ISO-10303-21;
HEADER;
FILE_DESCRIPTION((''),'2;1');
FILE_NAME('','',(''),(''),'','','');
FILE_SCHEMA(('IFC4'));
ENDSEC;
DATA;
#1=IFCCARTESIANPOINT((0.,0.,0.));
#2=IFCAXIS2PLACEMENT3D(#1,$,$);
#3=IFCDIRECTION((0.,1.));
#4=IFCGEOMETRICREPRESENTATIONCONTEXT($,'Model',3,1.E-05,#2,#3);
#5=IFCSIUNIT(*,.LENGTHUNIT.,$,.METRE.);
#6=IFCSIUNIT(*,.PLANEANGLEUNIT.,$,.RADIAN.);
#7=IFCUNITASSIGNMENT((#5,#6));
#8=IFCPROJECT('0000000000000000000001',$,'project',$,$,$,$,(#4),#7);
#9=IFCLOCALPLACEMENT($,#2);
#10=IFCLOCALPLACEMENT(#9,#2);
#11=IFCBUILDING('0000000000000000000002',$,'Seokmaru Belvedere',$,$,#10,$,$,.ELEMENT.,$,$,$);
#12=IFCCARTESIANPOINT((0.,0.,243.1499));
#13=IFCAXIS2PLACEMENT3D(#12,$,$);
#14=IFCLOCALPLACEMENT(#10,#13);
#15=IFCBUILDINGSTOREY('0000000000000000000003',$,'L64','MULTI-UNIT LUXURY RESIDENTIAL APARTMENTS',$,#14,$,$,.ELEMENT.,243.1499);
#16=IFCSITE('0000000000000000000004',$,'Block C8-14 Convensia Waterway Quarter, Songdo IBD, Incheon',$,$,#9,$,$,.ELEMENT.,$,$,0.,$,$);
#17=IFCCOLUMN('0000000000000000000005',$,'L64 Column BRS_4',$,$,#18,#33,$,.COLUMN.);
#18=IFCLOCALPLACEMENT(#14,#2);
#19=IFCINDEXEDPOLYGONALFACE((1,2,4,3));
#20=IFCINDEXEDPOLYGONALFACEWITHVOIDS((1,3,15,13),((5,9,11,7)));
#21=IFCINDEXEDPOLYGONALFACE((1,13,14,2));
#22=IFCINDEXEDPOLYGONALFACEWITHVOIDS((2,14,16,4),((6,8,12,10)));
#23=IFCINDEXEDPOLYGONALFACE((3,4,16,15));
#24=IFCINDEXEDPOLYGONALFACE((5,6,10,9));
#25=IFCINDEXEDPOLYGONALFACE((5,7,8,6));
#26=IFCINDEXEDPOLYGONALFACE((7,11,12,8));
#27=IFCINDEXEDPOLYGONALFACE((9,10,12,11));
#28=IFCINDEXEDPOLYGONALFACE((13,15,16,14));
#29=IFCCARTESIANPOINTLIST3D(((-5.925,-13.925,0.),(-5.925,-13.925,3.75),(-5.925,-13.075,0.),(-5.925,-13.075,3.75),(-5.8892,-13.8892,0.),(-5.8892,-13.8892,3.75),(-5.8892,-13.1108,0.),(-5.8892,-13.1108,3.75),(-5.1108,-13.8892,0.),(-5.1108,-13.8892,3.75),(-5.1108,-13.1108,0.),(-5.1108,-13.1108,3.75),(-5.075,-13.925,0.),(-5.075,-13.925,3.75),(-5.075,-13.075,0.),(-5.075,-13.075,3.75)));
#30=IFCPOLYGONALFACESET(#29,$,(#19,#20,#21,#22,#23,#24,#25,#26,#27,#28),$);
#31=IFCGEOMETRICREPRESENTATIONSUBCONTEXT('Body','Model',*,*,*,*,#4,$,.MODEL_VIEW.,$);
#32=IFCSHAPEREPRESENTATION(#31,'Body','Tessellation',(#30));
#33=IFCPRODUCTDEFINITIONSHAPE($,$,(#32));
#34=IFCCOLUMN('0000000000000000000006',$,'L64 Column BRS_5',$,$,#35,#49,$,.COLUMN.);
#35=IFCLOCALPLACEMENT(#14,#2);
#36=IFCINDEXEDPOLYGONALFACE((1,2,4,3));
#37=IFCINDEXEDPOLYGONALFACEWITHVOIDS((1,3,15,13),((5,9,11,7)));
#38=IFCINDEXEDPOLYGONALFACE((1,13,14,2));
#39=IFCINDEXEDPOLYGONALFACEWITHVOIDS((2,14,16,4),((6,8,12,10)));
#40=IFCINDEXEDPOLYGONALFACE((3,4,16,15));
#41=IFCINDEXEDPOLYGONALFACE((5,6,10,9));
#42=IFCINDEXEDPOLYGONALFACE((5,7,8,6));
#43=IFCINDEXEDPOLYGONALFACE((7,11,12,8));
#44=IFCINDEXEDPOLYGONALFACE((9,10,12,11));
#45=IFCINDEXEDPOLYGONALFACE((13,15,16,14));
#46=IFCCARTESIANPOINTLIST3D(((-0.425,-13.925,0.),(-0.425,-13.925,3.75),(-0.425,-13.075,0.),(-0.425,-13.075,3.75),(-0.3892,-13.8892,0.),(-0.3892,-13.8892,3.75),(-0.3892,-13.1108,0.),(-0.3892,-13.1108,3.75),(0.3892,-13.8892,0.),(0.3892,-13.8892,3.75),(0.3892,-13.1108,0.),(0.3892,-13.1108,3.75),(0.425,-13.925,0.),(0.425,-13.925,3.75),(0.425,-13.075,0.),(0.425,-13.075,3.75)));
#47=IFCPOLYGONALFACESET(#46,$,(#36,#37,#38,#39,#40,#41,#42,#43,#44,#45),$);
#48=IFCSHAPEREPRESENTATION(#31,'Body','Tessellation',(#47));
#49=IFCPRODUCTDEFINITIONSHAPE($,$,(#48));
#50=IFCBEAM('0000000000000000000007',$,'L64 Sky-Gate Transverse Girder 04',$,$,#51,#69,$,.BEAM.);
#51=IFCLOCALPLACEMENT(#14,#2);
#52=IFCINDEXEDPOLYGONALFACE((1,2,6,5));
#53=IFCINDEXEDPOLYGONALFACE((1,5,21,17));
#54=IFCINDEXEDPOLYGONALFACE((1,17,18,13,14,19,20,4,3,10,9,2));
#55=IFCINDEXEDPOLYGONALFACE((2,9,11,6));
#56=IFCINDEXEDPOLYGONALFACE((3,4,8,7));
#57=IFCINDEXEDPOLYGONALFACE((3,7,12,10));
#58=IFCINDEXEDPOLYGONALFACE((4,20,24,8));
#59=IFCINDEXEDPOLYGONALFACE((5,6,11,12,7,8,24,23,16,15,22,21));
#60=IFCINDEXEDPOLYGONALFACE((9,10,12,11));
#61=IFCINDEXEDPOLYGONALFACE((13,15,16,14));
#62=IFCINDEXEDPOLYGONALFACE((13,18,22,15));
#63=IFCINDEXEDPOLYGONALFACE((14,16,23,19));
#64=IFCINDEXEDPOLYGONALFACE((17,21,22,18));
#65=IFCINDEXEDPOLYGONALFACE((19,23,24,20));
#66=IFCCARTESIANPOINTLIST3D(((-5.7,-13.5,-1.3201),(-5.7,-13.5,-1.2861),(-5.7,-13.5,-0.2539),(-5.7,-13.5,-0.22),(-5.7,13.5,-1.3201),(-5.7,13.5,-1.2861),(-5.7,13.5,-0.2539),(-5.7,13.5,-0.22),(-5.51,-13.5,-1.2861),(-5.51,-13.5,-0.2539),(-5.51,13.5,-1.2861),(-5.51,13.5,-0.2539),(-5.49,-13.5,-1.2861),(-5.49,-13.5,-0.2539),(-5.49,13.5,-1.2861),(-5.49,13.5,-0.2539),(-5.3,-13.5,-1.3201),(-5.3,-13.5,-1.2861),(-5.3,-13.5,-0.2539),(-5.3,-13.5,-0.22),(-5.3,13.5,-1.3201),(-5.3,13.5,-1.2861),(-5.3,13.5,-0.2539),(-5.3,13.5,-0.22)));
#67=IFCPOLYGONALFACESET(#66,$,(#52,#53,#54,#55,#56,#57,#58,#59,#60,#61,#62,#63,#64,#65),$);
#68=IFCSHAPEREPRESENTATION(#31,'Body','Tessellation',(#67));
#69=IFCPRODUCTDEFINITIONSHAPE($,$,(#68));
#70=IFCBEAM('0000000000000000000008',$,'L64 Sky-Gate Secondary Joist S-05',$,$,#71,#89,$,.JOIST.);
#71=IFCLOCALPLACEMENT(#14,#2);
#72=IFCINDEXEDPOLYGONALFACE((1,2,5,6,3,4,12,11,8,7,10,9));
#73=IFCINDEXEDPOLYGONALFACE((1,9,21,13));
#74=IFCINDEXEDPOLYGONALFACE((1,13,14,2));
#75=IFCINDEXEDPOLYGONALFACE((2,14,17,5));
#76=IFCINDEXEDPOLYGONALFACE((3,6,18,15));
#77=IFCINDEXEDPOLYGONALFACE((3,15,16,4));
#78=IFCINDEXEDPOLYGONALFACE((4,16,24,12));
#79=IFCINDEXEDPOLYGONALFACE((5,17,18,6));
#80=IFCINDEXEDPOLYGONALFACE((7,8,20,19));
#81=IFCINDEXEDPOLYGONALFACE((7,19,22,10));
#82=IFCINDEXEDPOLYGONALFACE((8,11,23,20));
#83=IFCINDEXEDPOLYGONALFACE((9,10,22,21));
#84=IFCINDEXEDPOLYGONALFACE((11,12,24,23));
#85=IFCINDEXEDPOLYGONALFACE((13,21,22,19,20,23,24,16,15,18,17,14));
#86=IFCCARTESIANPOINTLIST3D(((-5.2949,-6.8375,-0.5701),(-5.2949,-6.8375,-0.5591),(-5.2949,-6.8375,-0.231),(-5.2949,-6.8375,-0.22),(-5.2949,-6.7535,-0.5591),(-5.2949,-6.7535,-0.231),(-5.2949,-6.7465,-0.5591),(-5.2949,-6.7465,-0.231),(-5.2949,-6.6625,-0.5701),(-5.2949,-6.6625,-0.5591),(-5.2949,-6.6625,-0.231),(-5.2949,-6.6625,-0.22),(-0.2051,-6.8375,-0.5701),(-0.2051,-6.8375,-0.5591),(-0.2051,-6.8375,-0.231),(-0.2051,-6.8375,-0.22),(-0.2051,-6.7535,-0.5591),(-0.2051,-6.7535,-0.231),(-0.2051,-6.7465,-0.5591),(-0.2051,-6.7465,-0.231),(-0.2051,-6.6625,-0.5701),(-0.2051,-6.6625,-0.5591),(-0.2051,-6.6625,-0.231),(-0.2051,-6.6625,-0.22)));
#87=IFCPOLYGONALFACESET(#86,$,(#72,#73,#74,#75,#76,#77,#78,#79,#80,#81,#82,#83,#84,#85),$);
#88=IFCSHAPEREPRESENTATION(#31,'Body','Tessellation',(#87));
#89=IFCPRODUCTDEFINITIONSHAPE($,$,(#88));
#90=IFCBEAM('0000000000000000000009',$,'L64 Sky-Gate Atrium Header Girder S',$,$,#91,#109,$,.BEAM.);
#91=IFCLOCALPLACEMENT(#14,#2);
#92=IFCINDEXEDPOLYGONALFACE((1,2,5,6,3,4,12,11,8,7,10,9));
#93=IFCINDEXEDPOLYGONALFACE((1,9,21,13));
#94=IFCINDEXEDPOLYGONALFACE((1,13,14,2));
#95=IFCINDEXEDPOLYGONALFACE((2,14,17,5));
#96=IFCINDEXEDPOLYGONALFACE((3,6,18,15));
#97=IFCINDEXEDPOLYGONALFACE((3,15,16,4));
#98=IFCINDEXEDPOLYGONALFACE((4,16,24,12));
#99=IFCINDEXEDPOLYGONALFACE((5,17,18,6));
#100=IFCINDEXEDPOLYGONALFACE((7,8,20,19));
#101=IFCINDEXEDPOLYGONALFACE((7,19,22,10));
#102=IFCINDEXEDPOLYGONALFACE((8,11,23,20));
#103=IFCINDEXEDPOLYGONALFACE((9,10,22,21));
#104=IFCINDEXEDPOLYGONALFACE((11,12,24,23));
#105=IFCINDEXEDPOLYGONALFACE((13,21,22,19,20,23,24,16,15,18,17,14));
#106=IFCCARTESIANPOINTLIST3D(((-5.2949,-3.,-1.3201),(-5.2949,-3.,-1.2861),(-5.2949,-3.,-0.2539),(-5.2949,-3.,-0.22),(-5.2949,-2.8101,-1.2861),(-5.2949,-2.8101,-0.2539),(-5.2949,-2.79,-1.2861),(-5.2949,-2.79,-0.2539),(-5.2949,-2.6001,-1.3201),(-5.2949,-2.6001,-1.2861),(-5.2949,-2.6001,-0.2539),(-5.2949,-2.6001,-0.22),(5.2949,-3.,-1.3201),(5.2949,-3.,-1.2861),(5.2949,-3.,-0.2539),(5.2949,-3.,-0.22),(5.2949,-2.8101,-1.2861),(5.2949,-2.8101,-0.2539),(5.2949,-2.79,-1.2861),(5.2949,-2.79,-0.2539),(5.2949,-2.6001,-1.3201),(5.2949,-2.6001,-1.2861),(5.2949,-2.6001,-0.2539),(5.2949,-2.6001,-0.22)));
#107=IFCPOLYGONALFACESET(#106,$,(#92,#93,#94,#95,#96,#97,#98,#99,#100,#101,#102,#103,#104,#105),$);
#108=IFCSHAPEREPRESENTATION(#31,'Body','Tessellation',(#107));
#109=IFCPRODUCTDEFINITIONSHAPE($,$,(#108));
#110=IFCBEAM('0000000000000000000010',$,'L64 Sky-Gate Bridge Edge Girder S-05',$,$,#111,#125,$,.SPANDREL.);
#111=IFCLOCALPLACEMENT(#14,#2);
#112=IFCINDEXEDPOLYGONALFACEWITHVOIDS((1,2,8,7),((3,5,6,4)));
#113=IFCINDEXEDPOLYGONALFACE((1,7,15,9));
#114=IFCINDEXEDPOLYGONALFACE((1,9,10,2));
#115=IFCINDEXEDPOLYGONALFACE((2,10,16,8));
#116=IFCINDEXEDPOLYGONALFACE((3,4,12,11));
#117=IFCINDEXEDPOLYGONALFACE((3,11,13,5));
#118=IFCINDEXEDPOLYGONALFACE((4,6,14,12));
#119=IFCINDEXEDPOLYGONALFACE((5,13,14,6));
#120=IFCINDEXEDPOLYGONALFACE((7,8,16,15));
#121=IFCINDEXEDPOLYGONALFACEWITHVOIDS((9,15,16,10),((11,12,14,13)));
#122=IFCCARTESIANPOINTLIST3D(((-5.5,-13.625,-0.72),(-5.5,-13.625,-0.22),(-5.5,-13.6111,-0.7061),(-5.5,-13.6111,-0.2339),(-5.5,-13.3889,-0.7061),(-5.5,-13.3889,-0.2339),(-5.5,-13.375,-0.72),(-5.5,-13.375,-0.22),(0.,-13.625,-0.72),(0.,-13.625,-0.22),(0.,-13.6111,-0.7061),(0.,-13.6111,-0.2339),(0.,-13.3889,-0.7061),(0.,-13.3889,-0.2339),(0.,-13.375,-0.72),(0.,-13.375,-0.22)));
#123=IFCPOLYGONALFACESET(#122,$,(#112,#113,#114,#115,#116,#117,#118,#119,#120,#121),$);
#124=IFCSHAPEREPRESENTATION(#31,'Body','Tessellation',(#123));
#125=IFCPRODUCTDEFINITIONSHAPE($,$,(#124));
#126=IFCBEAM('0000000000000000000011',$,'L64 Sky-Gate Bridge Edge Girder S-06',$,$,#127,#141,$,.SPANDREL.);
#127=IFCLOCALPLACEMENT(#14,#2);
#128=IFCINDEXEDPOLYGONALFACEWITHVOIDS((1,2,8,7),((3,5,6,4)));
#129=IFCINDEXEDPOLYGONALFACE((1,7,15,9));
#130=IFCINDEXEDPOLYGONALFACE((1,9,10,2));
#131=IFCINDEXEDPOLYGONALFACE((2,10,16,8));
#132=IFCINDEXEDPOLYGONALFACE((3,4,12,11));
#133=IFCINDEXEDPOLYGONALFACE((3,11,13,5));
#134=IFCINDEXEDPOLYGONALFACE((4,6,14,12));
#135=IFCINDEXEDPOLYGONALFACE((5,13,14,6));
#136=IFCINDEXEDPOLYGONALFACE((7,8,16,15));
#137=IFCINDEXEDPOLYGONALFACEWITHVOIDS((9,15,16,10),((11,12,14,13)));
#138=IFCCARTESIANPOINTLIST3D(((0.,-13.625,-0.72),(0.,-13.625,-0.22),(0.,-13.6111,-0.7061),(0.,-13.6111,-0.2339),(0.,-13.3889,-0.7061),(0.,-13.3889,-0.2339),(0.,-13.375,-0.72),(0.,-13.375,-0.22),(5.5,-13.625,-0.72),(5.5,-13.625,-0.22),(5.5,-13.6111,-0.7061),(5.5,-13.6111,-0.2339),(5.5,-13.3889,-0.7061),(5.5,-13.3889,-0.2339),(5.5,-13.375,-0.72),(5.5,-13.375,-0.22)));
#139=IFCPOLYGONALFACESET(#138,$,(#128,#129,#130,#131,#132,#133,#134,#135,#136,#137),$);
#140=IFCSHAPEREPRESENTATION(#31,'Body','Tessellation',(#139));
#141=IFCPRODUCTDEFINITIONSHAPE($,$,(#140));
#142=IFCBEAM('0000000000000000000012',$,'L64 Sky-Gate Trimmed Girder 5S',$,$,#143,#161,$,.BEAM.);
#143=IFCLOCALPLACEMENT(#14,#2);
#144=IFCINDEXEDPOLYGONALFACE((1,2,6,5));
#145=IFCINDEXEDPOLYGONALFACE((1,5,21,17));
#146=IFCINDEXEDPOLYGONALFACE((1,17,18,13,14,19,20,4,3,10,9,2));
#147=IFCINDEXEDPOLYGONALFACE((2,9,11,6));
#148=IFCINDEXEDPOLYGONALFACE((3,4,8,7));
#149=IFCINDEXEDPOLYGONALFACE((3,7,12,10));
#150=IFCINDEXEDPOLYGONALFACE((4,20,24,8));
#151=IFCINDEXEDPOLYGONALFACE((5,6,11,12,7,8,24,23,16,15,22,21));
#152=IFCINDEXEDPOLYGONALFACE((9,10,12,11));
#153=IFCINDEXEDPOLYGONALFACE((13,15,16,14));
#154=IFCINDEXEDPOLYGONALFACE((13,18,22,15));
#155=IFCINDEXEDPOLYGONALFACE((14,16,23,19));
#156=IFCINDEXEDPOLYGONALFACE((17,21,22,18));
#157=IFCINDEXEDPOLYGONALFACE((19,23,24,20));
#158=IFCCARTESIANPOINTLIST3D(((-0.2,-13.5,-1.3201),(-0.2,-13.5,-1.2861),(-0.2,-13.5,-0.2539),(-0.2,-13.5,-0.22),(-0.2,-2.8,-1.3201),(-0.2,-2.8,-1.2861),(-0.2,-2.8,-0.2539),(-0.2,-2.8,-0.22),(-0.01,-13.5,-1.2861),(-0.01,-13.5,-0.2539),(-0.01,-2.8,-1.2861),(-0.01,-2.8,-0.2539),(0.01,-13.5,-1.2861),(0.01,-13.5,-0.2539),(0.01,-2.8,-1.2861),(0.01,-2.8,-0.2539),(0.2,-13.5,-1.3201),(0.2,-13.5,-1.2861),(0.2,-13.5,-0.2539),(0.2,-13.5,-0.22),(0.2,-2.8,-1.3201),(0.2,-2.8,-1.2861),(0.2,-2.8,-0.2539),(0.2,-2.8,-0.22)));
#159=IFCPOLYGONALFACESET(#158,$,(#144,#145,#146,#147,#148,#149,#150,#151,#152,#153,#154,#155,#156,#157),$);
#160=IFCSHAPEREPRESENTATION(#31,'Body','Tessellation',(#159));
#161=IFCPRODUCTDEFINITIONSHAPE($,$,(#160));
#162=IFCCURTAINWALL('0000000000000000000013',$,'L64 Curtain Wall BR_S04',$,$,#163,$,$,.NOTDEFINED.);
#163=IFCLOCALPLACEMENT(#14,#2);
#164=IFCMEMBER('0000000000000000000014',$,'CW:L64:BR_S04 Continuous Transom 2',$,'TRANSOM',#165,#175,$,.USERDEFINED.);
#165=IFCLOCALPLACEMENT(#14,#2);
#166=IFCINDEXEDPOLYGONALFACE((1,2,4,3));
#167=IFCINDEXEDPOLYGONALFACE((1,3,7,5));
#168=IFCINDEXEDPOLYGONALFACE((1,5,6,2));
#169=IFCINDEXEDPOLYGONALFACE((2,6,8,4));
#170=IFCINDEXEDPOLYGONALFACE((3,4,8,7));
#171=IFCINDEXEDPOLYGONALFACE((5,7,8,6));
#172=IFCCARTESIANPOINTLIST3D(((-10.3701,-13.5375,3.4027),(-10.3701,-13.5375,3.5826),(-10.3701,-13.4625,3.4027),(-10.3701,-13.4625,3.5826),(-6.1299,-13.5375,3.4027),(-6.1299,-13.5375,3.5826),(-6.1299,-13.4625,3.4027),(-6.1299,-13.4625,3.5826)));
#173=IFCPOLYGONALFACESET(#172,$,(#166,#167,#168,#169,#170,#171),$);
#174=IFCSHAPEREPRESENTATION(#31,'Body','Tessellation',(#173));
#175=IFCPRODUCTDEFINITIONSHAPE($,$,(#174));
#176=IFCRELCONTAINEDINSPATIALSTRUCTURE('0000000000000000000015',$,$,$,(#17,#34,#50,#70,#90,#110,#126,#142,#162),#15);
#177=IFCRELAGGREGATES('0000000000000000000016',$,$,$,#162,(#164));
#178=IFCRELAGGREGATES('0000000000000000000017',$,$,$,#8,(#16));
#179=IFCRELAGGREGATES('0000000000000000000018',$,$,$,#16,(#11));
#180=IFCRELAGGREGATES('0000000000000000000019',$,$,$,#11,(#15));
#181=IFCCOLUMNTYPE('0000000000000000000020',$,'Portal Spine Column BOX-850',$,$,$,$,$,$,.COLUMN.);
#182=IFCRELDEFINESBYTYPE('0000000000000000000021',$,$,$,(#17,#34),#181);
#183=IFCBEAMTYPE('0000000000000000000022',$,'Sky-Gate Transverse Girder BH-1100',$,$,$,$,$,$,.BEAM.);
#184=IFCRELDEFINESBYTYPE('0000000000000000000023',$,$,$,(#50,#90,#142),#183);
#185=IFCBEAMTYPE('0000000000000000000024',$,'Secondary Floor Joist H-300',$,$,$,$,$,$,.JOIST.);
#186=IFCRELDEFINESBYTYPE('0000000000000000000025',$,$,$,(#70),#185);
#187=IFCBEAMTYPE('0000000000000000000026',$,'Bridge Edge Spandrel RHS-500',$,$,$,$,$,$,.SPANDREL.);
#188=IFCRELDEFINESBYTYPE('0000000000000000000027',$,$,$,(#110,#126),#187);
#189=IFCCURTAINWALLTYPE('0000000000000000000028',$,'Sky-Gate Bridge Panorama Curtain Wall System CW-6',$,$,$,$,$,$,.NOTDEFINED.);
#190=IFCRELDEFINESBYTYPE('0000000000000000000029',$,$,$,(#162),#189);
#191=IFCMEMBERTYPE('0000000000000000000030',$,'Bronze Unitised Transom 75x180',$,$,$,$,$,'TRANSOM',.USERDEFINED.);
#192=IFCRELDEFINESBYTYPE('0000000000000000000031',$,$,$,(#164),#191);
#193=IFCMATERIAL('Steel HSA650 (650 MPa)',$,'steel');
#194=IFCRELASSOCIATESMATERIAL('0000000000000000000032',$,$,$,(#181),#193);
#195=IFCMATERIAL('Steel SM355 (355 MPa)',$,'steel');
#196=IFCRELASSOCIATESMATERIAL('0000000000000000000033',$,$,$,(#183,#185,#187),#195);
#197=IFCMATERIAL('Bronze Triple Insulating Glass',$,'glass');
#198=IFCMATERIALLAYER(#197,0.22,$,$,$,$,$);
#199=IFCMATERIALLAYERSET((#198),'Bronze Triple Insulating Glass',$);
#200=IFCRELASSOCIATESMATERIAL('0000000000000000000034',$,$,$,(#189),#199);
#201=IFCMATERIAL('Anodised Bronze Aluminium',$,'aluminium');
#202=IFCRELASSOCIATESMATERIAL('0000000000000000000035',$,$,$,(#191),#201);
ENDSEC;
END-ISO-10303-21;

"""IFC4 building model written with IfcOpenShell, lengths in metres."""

from ifc_helpers import new_model, si_unit, direction, frame, origin, origin_2d, place, context, subcontext, project, spatial, rectangle, hollow_rectangle, i_section, extrude, source, transform, mapped, material, layer, layer_set, material_profile, profile_set, type_object, type_shapes, element, aggregate, save


model = new_model("IFC4")

# Units and contexts
model_context = context("Model", 3, precision=1e-05, world=origin(), true_north=direction((0.0, 1.0)))
body_context = subcontext(model_context, "Body", "Model", "MODEL_VIEW")
ifc_project = project(units=[si_unit("LENGTHUNIT", "METRE"), si_unit("PLANEANGLEUNIT", "RADIAN")], contexts=[model_context])

# Site, building, storey
site_placement = place(None, origin())
site = spatial("IfcSite", under=ifc_project, at=site_placement, Name="Block C8-14 Convensia Waterway Quarter, Songdo IBD, Incheon", CompositionType="ELEMENT", RefElevation=0.0)
building_placement = place(site_placement, origin())
building = spatial("IfcBuilding", under=site, at=building_placement, Name="Seokmaru Belvedere", CompositionType="ELEMENT")
storey_placement = place(building_placement, frame((0.0, 0.0, 243.1499)))
storey = spatial("IfcBuildingStorey", under=building, at=storey_placement, Name="L64", Description="MULTI-UNIT LUXURY RESIDENTIAL APARTMENTS", CompositionType="ELEMENT", Elevation=243.1499)

# Columns
ifc_material_1 = material(Name="Steel HSA650 (650 MPa)", Category="steel")
ifc_material_profile_1 = material_profile(ifc_material_1, hollow_rectangle(XDim=0.8501, YDim=0.8501, WallThickness=0.0359, at=origin_2d()), Name="BOX-850x850x36")
ifc_profile_set_1 = profile_set([ifc_material_profile_1], Name="Steel HSA650 (650 MPa)")
column_type = type_object("IfcColumnType", Name="Portal Spine Column BOX-850", PredefinedType="COLUMN", material=ifc_profile_set_1)
shared_shape_1 = source(origin(), body_context, "Body", "SweptSolid", [
    extrude(hollow_rectangle(XDim=0.8501, YDim=0.8501, WallThickness=0.0359, at=origin_2d()), origin(), (0.0, 0.0, 1.0), 3.75),
])
type_shapes(column_type, [shared_shape_1])
for number, where, z_axis, x_axis, name in (
    (1, (-5.5, -13.5, 0.0), (0.0, 0.0, 1.0), (1.0, 0.0, 0.0), "L64 Column BRS_4"),
    (2, (0.0, -13.5, 0.0), (0.0, 0.0, 1.0), (1.0, 0.0, 0.0), "L64 Column BRS_5"),
):
    element("IfcColumn", number, at=place(storey_placement, frame(where, z_axis=z_axis, x_axis=x_axis)), inside=storey, type_object=column_type, Name=name, PredefinedType="COLUMN", context=body_context, shape_type="MappedRepresentation", body=[
        mapped(shared_shape_1, transform((0.0, 0.0, 0.0), scale=1.0)),
    ])

# Beams
ifc_material_2 = material(Name="Steel SM355 (355 MPa)", Category="steel")
ifc_material_profile_2 = material_profile(ifc_material_2, i_section(OverallWidth=0.3999, OverallDepth=1.1001, WebThickness=0.02, FlangeThickness=0.0339, at=origin_2d()), Name="BH-1100x400x20x34")
ifc_profile_set_2 = profile_set([ifc_material_profile_2], Name="Steel SM355 (355 MPa)")
beam_type_1 = type_object("IfcBeamType", Name="Sky-Gate Transverse Girder BH-1100", PredefinedType="BEAM", material=ifc_profile_set_2)
shared_shape_2 = source(origin(), body_context, "Body", "SweptSolid", [
    extrude(i_section(OverallWidth=0.3999, OverallDepth=1.1001, WebThickness=0.02, FlangeThickness=0.0339, at=origin_2d()), origin(), (0.0, 0.0, 1.0), 27.0),
])
beam_1_placement = place(storey_placement, frame((-5.5, -13.5, -0.77), z_axis=(0.0, 1.0, 0.0), x_axis=(-1.0, 0.0, 0.0)))
element("IfcBeam", 3, at=beam_1_placement, inside=storey, type_object=beam_type_1, Name="L64 Sky-Gate Transverse Girder 04", PredefinedType="BEAM", context=body_context, shape_type="MappedRepresentation", body=[
    mapped(shared_shape_2, transform((0.0, 0.0, 0.0), scale=1.0)),
])
ifc_material_profile_3 = material_profile(ifc_material_2, i_section(OverallWidth=0.175, OverallDepth=0.3501, WebThickness=0.0071, FlangeThickness=0.011, at=origin_2d()), Name="H-350x175x7x11")
ifc_profile_set_3 = profile_set([ifc_material_profile_3], Name="Steel SM355 (355 MPa)")
beam_type_2 = type_object("IfcBeamType", Name="Secondary Floor Joist H-300", PredefinedType="JOIST", material=ifc_profile_set_3)
shared_shape_3 = source(origin(), body_context, "Body", "SweptSolid", [
    extrude(i_section(OverallWidth=0.175, OverallDepth=0.3501, WebThickness=0.0071, FlangeThickness=0.011, at=origin_2d()), origin(), (0.0, 0.0, 1.0), 5.0898),
])
type_shapes(beam_type_2, [shared_shape_3])
beam_2_placement = place(storey_placement, frame((-5.2949, -6.75, -0.395), z_axis=(1.0, 0.0, 0.0), x_axis=(0.0, 1.0, 0.0)))
element("IfcBeam", 4, at=beam_2_placement, inside=storey, type_object=beam_type_2, Name="L64 Sky-Gate Secondary Joist S-05", PredefinedType="JOIST", context=body_context, shape_type="MappedRepresentation", body=[
    mapped(shared_shape_3, transform((0.0, 0.0, 0.0), scale=1.0)),
])
shared_shape_4 = source(origin(), body_context, "Body", "SweptSolid", [
    extrude(i_section(OverallWidth=0.3999, OverallDepth=1.1001, WebThickness=0.02, FlangeThickness=0.0339, at=origin_2d()), origin(), (0.0, 0.0, 1.0), 10.5898),
])
beam_3_placement = place(storey_placement, frame((-5.2949, -2.8, -0.77), z_axis=(1.0, 0.0, 0.0), x_axis=(0.0, 1.0, 0.0)))
element("IfcBeam", 5, at=beam_3_placement, inside=storey, type_object=beam_type_1, Name="L64 Sky-Gate Atrium Header Girder S", PredefinedType="BEAM", context=body_context, shape_type="MappedRepresentation", body=[
    mapped(shared_shape_4, transform((0.0, 0.0, 0.0), scale=1.0)),
])
ifc_material_profile_4 = material_profile(ifc_material_2, hollow_rectangle(XDim=0.25, YDim=0.5, WallThickness=0.0139, at=origin_2d()), Name="RHS-500x250x14")
ifc_profile_set_4 = profile_set([ifc_material_profile_4], Name="Steel SM355 (355 MPa)")
beam_type_3 = type_object("IfcBeamType", Name="Bridge Edge Spandrel RHS-500", PredefinedType="SPANDREL", material=ifc_profile_set_4)
shared_shape_5 = source(origin(), body_context, "Body", "SweptSolid", [
    extrude(hollow_rectangle(XDim=0.25, YDim=0.5, WallThickness=0.0139, at=origin_2d()), origin(), (0.0, 0.0, 1.0), 5.5),
])
type_shapes(beam_type_3, [shared_shape_5])
for number, where, z_axis, x_axis, name in (
    (6, (-5.5, -13.5, -0.47), (1.0, 0.0, 0.0), (0.0, 1.0, 0.0), "L64 Sky-Gate Bridge Edge Girder S-05"),
    (7, (0.0, -13.5, -0.47), (1.0, 0.0, 0.0), (0.0, 1.0, 0.0), "L64 Sky-Gate Bridge Edge Girder S-06"),
):
    element("IfcBeam", number, at=place(storey_placement, frame(where, z_axis=z_axis, x_axis=x_axis)), inside=storey, type_object=beam_type_3, Name=name, PredefinedType="SPANDREL", context=body_context, shape_type="MappedRepresentation", body=[
        mapped(shared_shape_5, transform((0.0, 0.0, 0.0), scale=1.0)),
    ])
shared_shape_6 = source(origin(), body_context, "Body", "SweptSolid", [
    extrude(i_section(OverallWidth=0.3999, OverallDepth=1.1001, WebThickness=0.02, FlangeThickness=0.0339, at=origin_2d()), origin(), (0.0, 0.0, 1.0), 10.7),
])
type_shapes(beam_type_1, [shared_shape_2, shared_shape_4, shared_shape_6])
beam_4_placement = place(storey_placement, frame((0.0, -13.5, -0.77), z_axis=(0.0, 1.0, 0.0), x_axis=(-1.0, 0.0, 0.0)))
element("IfcBeam", 8, at=beam_4_placement, inside=storey, type_object=beam_type_1, Name="L64 Sky-Gate Trimmed Girder 5S", PredefinedType="BEAM", context=body_context, shape_type="MappedRepresentation", body=[
    mapped(shared_shape_6, transform((0.0, 0.0, 0.0), scale=1.0)),
])

# Curtain wall, member
ifc_material_3 = material(Name="Bronze Triple Insulating Glass", Category="glass")
ifc_layer_1 = layer(ifc_material_3, 0.22)
ifc_layer_set_1 = layer_set([ifc_layer_1], Name="Bronze Triple Insulating Glass")
curtain_wall_type = type_object("IfcCurtainWallType", Name="Sky-Gate Bridge Panorama Curtain Wall System CW-6", PredefinedType="NOTDEFINED", material=ifc_layer_set_1)
curtain_wall_1_placement = place(storey_placement, origin())
curtain_wall_1 = element("IfcCurtainWall", 9, at=curtain_wall_1_placement, inside=storey, type_object=curtain_wall_type, Name="L64 Curtain Wall BR_S04", PredefinedType="NOTDEFINED")
ifc_material_4 = material(Name="Anodised Bronze Aluminium", Category="aluminium")
ifc_material_profile_5 = material_profile(ifc_material_4, rectangle(XDim=0.075, YDim=0.1799, at=origin_2d()), Name="CW-T-75x180")
ifc_profile_set_5 = profile_set([ifc_material_profile_5], Name="Anodised Bronze Aluminium")
member_type_1 = type_object("IfcMemberType", Name="Bronze Unitised Transom 75x180", ElementType="TRANSOM", PredefinedType="USERDEFINED", material=ifc_profile_set_5)
shared_shape_7 = source(origin(), body_context, "Body", "SweptSolid", [
    extrude(rectangle(XDim=0.075, YDim=0.1799, at=origin_2d()), origin(), (0.0, 0.0, 1.0), 4.2402),
])
type_shapes(member_type_1, [shared_shape_7])
member_1_placement = place(storey_placement, frame((-10.3701, -13.5, 3.4927), z_axis=(1.0, 0.0, 0.0), x_axis=(0.0, 1.0, 0.0)))
member_1 = element("IfcMember", 10, at=member_1_placement, type_object=member_type_1, Name="CW:L64:BR_S04 Continuous Transom 2", ObjectType="TRANSOM", PredefinedType="USERDEFINED", context=body_context, shape_type="MappedRepresentation", body=[
    mapped(shared_shape_7, transform((0.0, 0.0, 0.0), scale=1.0)),
])

aggregate(curtain_wall_1, [member_1])

save(model, "model.ifc")
